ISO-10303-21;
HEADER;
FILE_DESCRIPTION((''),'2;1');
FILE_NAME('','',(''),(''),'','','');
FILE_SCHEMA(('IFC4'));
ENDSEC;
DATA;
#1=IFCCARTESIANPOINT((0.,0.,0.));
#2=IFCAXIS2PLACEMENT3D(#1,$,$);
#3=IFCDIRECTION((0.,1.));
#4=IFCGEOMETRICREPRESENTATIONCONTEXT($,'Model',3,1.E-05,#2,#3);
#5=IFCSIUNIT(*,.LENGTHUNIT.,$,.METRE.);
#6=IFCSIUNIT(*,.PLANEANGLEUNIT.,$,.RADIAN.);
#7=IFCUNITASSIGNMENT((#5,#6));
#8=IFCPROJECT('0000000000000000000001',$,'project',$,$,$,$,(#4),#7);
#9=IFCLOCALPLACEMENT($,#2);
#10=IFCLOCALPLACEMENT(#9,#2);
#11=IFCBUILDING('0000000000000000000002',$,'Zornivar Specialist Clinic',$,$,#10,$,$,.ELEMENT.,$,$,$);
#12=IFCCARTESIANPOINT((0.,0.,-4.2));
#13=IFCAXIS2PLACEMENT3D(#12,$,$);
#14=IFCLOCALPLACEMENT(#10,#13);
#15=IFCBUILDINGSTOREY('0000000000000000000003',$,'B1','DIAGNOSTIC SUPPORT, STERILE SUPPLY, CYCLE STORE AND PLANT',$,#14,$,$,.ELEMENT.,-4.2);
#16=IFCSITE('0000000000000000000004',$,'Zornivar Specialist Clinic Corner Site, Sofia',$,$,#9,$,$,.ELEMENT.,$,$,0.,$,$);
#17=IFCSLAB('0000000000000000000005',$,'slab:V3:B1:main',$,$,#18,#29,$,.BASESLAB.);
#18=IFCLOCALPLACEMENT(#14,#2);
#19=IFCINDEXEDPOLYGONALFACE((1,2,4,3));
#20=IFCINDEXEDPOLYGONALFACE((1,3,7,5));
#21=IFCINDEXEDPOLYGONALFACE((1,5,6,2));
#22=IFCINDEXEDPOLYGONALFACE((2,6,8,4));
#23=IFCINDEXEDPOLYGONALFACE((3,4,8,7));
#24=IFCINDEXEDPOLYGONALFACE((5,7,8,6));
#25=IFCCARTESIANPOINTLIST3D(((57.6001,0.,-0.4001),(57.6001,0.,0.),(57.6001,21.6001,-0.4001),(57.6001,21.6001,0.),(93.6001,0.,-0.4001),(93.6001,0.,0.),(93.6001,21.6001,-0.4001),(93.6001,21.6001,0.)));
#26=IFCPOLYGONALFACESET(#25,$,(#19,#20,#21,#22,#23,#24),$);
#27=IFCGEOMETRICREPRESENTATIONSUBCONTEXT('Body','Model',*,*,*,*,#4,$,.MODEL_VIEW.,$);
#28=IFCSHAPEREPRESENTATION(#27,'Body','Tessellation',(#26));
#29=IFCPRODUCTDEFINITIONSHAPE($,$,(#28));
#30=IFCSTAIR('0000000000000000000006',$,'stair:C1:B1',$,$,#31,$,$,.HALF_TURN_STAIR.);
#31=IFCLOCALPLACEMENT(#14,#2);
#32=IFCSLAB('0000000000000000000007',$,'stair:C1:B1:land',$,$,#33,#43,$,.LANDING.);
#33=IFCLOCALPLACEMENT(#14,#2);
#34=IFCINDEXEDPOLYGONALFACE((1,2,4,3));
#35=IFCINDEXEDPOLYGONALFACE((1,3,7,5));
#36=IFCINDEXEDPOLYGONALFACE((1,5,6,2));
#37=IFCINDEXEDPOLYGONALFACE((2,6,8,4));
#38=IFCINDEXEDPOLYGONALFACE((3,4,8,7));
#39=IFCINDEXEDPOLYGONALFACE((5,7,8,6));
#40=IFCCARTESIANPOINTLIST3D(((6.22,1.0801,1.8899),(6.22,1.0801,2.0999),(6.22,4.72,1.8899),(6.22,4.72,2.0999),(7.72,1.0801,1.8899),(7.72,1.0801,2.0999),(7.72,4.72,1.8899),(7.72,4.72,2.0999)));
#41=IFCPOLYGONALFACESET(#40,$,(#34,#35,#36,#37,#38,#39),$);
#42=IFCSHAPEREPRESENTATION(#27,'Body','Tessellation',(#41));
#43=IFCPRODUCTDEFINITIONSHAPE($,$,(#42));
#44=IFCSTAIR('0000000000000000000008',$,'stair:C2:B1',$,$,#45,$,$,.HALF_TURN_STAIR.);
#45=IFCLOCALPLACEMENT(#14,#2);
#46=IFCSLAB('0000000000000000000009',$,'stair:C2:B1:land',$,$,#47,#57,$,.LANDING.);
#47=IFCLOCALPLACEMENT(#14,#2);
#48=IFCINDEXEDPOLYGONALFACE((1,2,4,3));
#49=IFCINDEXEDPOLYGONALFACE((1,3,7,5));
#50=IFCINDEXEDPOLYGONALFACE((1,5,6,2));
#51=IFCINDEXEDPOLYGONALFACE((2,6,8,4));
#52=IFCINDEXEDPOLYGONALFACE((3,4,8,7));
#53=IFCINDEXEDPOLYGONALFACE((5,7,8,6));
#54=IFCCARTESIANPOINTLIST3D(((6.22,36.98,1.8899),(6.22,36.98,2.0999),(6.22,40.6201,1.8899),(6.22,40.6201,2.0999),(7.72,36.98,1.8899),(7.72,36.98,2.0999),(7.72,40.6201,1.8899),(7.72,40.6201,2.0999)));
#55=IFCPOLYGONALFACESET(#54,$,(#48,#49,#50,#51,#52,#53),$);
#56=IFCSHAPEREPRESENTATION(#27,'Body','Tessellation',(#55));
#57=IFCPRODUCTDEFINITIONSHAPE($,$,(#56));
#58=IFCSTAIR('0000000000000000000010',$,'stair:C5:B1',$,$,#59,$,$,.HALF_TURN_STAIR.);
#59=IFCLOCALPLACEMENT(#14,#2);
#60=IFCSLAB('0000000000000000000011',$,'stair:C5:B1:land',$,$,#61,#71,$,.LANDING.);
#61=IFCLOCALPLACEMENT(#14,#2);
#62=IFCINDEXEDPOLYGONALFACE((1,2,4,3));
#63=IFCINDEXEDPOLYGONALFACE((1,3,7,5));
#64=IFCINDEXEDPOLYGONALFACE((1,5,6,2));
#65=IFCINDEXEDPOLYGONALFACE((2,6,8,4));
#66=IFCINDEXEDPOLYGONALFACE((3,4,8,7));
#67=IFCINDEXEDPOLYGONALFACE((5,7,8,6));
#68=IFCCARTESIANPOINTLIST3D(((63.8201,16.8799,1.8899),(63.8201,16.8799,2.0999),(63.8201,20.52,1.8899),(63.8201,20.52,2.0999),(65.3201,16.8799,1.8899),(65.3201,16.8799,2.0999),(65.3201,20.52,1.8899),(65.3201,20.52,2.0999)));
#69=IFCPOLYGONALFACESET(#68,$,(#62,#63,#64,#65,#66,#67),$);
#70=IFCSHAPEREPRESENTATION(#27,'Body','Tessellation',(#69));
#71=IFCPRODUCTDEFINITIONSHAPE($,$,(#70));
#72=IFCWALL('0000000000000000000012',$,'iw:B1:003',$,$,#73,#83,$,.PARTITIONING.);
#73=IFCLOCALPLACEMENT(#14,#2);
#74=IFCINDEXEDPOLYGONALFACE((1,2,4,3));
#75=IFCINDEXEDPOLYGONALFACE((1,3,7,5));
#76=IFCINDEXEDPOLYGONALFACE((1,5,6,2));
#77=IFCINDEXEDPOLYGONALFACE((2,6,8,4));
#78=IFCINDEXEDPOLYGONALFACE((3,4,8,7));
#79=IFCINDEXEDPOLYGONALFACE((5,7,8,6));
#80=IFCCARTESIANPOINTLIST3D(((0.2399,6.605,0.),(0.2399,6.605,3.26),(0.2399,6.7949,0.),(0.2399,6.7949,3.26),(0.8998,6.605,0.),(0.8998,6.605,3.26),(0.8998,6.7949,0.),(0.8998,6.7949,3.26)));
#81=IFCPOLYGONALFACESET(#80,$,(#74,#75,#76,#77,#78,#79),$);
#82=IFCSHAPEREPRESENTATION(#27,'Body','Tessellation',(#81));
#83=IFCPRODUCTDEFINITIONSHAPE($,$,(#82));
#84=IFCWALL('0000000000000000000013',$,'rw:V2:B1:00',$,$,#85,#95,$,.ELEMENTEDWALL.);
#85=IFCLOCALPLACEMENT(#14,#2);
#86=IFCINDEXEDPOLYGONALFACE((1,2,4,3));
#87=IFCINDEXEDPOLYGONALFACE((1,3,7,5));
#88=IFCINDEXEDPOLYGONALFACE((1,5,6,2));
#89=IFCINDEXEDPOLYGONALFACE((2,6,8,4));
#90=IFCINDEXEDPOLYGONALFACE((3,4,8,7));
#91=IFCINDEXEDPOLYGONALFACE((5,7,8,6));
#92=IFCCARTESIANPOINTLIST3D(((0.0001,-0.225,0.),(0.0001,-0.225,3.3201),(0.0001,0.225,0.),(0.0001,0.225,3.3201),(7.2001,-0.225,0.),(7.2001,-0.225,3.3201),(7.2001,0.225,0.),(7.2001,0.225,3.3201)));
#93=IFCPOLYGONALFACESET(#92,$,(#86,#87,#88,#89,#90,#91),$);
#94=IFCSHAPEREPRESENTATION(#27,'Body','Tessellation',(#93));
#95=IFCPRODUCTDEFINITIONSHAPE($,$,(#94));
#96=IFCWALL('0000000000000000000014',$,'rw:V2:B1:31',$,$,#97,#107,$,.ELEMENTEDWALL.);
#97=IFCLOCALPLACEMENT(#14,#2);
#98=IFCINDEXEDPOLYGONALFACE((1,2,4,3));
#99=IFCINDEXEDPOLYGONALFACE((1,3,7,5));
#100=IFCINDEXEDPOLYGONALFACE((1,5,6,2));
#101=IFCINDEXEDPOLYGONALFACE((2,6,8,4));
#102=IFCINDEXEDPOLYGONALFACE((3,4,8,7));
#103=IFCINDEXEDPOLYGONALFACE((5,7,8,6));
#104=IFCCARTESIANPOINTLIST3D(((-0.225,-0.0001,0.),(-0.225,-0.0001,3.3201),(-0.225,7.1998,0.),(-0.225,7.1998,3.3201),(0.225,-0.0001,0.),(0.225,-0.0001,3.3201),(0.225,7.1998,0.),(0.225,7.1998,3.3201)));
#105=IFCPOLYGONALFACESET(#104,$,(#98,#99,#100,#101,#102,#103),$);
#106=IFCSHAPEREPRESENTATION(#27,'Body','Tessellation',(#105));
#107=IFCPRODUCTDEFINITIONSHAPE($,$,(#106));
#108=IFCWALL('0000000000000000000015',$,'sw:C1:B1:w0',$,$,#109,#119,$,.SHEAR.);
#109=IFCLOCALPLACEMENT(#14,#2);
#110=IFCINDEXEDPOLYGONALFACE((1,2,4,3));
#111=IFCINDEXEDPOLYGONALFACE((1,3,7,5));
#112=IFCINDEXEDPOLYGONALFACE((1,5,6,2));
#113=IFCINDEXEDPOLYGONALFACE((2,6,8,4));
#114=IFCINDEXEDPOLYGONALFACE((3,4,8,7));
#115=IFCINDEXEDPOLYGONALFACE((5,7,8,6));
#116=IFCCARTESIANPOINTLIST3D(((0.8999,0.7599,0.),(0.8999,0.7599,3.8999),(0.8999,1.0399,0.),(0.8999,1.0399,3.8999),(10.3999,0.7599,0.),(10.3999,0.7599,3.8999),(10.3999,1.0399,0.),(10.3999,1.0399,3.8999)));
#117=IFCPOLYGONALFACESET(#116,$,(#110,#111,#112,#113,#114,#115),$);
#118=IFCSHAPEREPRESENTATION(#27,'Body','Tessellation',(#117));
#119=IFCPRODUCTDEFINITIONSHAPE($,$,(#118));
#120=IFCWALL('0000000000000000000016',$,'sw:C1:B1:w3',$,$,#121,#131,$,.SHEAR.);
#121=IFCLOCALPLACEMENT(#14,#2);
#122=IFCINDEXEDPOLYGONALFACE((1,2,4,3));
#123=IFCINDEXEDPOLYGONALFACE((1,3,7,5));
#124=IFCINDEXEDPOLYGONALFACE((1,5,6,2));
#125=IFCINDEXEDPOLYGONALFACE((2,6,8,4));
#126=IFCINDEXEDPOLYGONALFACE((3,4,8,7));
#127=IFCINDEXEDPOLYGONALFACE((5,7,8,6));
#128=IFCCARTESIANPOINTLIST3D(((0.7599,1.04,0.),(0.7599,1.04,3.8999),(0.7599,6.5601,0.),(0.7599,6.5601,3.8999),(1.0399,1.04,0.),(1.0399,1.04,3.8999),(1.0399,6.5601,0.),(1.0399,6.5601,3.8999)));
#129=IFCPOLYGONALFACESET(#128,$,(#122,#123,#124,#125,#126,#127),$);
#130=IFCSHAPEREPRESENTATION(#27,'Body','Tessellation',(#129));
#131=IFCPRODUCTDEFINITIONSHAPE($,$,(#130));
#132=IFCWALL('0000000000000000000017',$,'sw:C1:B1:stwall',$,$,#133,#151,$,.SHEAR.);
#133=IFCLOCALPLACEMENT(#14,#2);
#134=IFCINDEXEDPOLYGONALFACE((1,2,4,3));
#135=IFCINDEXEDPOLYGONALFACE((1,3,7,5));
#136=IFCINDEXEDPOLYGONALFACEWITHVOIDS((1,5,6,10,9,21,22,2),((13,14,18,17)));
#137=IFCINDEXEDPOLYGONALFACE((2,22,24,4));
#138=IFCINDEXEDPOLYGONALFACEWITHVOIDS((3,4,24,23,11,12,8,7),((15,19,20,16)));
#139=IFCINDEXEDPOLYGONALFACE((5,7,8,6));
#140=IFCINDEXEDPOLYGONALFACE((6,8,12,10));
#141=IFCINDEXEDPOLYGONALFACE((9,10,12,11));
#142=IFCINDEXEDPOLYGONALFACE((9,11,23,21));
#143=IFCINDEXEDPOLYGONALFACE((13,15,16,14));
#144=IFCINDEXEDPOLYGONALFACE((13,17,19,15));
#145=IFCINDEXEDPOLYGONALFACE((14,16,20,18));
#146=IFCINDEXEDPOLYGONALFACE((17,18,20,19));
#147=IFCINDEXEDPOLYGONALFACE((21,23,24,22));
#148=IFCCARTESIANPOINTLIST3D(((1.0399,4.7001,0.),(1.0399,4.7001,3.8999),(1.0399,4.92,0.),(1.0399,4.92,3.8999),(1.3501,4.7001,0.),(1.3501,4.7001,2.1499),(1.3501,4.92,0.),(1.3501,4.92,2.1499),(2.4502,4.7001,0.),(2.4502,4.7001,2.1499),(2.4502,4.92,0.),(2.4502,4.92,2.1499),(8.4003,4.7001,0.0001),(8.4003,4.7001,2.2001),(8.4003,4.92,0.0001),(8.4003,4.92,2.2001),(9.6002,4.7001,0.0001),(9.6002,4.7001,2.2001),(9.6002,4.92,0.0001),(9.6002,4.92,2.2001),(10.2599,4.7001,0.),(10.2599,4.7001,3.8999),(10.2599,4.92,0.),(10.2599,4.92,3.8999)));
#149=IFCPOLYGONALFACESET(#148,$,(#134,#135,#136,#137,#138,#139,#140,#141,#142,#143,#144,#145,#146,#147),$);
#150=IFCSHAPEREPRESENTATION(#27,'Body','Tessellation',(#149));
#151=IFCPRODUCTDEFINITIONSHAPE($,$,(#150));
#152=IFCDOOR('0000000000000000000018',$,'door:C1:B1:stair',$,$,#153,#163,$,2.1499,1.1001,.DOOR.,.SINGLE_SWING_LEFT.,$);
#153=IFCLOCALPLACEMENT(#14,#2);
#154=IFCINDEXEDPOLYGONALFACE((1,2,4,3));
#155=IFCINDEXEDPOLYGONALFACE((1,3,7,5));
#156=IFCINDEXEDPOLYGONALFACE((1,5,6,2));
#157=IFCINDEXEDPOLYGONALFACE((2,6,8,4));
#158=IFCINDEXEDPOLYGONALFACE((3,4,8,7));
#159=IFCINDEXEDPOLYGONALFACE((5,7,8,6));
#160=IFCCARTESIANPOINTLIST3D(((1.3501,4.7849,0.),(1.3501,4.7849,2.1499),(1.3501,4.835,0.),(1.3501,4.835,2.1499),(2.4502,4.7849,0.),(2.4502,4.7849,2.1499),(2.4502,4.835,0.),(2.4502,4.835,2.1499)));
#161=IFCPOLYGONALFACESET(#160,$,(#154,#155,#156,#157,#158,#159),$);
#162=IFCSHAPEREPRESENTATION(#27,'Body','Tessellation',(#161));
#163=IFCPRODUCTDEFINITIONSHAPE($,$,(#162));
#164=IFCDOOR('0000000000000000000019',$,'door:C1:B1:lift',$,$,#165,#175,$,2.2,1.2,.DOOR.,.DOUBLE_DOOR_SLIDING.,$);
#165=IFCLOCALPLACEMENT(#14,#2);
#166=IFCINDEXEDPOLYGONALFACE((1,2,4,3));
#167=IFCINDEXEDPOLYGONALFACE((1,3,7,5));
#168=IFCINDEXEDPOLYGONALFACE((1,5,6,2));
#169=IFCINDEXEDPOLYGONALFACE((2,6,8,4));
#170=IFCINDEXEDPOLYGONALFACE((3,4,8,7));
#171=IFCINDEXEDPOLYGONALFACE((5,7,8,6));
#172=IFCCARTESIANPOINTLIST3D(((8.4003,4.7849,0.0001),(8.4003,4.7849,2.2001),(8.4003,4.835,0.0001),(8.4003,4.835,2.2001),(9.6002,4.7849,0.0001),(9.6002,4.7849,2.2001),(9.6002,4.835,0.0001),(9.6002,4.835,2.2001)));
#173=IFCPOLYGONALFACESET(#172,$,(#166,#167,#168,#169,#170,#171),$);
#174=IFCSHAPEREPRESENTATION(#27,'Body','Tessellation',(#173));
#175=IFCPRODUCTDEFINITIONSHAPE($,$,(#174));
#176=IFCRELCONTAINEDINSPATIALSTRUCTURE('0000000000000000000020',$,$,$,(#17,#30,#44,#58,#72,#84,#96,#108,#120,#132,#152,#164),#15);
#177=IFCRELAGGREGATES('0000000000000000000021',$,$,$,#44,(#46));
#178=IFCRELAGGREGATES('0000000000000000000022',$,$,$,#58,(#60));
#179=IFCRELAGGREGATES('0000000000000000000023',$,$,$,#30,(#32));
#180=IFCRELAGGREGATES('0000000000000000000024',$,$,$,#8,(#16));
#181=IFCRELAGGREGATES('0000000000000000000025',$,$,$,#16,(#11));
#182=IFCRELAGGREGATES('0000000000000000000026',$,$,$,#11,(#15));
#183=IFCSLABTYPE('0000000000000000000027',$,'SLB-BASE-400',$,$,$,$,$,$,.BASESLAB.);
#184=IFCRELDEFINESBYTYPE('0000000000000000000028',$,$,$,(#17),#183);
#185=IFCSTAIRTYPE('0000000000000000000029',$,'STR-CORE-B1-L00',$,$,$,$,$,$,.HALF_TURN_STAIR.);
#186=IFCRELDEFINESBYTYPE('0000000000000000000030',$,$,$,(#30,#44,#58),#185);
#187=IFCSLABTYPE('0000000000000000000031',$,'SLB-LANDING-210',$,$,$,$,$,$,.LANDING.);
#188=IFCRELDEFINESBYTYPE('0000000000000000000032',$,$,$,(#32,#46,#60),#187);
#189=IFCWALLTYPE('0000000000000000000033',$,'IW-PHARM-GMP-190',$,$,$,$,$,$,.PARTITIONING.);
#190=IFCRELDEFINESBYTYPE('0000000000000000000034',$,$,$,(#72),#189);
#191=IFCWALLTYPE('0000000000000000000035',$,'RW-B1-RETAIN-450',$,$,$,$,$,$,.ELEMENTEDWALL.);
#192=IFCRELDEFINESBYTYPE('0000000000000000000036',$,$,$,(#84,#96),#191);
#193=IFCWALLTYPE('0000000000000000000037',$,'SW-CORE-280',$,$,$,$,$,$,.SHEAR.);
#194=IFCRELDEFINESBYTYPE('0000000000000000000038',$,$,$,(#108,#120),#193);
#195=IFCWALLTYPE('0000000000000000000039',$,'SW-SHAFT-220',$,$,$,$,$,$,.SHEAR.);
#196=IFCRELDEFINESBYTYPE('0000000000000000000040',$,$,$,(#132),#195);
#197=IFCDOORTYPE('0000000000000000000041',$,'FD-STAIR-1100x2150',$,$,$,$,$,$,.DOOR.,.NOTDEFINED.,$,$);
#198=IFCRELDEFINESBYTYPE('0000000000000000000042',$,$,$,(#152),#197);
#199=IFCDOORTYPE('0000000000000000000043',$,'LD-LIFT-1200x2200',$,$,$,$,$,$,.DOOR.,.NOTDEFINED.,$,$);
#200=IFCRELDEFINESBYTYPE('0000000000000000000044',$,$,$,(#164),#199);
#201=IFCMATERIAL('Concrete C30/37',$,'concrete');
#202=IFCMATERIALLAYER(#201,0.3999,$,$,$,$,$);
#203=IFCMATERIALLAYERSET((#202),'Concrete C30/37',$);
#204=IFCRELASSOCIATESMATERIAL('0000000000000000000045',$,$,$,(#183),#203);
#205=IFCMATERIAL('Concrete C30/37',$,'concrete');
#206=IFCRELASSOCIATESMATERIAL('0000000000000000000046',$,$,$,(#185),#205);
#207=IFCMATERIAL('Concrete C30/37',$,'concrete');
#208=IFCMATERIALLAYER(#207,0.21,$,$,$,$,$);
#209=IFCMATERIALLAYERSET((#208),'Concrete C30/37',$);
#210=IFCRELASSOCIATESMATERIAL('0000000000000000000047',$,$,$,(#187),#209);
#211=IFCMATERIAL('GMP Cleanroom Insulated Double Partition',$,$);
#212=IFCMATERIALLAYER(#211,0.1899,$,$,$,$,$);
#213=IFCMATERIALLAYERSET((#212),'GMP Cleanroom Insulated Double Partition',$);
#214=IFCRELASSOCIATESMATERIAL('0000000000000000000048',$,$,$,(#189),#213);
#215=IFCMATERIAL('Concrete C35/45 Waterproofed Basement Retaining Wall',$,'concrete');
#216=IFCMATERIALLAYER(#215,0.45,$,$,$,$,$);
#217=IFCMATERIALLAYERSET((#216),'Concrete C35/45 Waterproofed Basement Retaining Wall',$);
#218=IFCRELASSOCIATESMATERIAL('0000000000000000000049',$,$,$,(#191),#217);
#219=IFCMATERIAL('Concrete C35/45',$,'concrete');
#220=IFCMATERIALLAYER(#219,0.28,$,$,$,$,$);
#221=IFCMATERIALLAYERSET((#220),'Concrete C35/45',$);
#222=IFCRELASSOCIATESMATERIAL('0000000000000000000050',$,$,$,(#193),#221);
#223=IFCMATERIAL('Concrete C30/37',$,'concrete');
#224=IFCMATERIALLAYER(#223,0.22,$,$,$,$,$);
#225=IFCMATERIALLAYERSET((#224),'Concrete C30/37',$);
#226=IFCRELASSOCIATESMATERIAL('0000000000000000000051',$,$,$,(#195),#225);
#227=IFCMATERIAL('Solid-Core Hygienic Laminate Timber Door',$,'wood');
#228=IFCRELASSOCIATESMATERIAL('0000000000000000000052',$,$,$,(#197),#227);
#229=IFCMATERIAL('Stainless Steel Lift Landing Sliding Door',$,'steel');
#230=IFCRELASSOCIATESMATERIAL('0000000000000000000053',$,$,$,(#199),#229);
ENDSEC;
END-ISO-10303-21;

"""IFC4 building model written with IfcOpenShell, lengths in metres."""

from ifc_helpers import new_model, si_unit, direction, frame, frame_2d, origin, place, context, subcontext, project, spatial, polyline, rectangle, outline, extrude, material, layer, layer_set, type_object, element, fill, aggregate, save


model = new_model("IFC4")

# Units and contexts
model_context = context("Model", 3, precision=1e-05, world=origin(), true_north=direction((0.0, 1.0)))
body_context = subcontext(model_context, "Body", "Model", "MODEL_VIEW")
ifc_project = project(units=[si_unit("LENGTHUNIT", "METRE"), si_unit("PLANEANGLEUNIT", "RADIAN")], contexts=[model_context])

# Site, building, storey
site_placement = place(None, origin())
site = spatial("IfcSite", under=ifc_project, at=site_placement, Name="Zornivar Specialist Clinic Corner Site, Sofia", CompositionType="ELEMENT", RefElevation=0.0)
building_placement = place(site_placement, origin())
building = spatial("IfcBuilding", under=site, at=building_placement, Name="Zornivar Specialist Clinic", CompositionType="ELEMENT")
storey_placement = place(building_placement, frame((0.0, 0.0, -4.2)))
storey = spatial("IfcBuildingStorey", under=building, at=storey_placement, Name="B1", Description="DIAGNOSTIC SUPPORT, STERILE SUPPLY, CYCLE STORE AND PLANT", CompositionType="ELEMENT", Elevation=-4.2)

# Slab
ifc_material_1 = material(Name="Concrete C30/37", Category="concrete")
ifc_layer_1 = layer(ifc_material_1, 0.3999)
ifc_layer_set_1 = layer_set([ifc_layer_1], Name="Concrete C30/37")
slab_type_1 = type_object("IfcSlabType", Name="SLB-BASE-400", PredefinedType="BASESLAB", material=ifc_layer_set_1)
slab_1_placement = place(storey_placement, frame((0.0, 0.0, -0.4001)))
element("IfcSlab", 1, at=slab_1_placement, inside=storey, type_object=slab_type_1, Name="slab:V3:B1:main", PredefinedType="BASESLAB", context=body_context, shape_type="SweptSolid", body=[
    extrude(outline(polyline([(57.6001, 0.0), (93.6001, 0.0), (93.6001, 21.6001), (57.6001, 21.6001), (57.6001, 0.0)])), origin(), (0.0, 0.0, 1.0), 0.4001),
])

# Stairs, slabs
ifc_material_2 = material(Name="Concrete C30/37", Category="concrete")
stair_type = type_object("IfcStairType", Name="STR-CORE-B1-L00", PredefinedType="HALF_TURN_STAIR", material=ifc_material_2)
stair_1_placement = place(storey_placement, origin())
stair_1 = element("IfcStair", 2, at=stair_1_placement, inside=storey, type_object=stair_type, Name="stair:C1:B1", PredefinedType="HALF_TURN_STAIR")
ifc_material_3 = material(Name="Concrete C30/37", Category="concrete")
ifc_layer_2 = layer(ifc_material_3, 0.21)
ifc_layer_set_2 = layer_set([ifc_layer_2], Name="Concrete C30/37")
slab_type_2 = type_object("IfcSlabType", Name="SLB-LANDING-210", PredefinedType="LANDING", material=ifc_layer_set_2)
slab_2_placement = place(storey_placement, frame((0.0, 0.0, 1.8899)))
slab_2 = element("IfcSlab", 3, at=slab_2_placement, type_object=slab_type_2, Name="stair:C1:B1:land", PredefinedType="LANDING", context=body_context, shape_type="SweptSolid", body=[
    extrude(outline(polyline([(6.22, 1.0801), (7.72, 1.0801), (7.72, 4.72), (6.22, 4.72), (6.22, 1.0801)])), origin(), (0.0, 0.0, 1.0), 0.21),
])
stair_2_placement = place(storey_placement, origin())
stair_2 = element("IfcStair", 4, at=stair_2_placement, inside=storey, type_object=stair_type, Name="stair:C2:B1", PredefinedType="HALF_TURN_STAIR")
slab_3_placement = place(storey_placement, frame((0.0, 0.0, 1.8899)))
slab_3 = element("IfcSlab", 5, at=slab_3_placement, type_object=slab_type_2, Name="stair:C2:B1:land", PredefinedType="LANDING", context=body_context, shape_type="SweptSolid", body=[
    extrude(outline(polyline([(6.22, 36.98), (7.72, 36.98), (7.72, 40.6201), (6.22, 40.6201), (6.22, 36.98)])), origin(), (0.0, 0.0, 1.0), 0.21),
])
aggregate(stair_2, [slab_3])
stair_3_placement = place(storey_placement, origin())
stair_3 = element("IfcStair", 6, at=stair_3_placement, inside=storey, type_object=stair_type, Name="stair:C5:B1", PredefinedType="HALF_TURN_STAIR")
slab_4_placement = place(storey_placement, frame((0.0, 0.0, 1.8899)))
slab_4 = element("IfcSlab", 7, at=slab_4_placement, type_object=slab_type_2, Name="stair:C5:B1:land", PredefinedType="LANDING", context=body_context, shape_type="SweptSolid", body=[
    extrude(outline(polyline([(63.8201, 16.8799), (65.3201, 16.8799), (65.3201, 20.52), (63.8201, 20.52), (63.8201, 16.8799)])), origin(), (0.0, 0.0, 1.0), 0.21),
])
aggregate(stair_3, [slab_4])

# Walls
ifc_material_4 = material(Name="GMP Cleanroom Insulated Double Partition")
ifc_layer_3 = layer(ifc_material_4, 0.1899)
ifc_layer_set_3 = layer_set([ifc_layer_3], Name="GMP Cleanroom Insulated Double Partition")
wall_type_1 = type_object("IfcWallType", Name="IW-PHARM-GMP-190", PredefinedType="PARTITIONING", material=ifc_layer_set_3)
wall_1_placement = place(storey_placement, frame((0.8999, 6.7, 0.0), z_axis=(0.0, 0.0, 1.0), x_axis=(-1.0, 0.0, 0.0)))
element("IfcWall", 8, at=wall_1_placement, inside=storey, type_object=wall_type_1, Name="iw:B1:003", PredefinedType="PARTITIONING", context=body_context, shape_type="SweptSolid", body=[
    extrude(rectangle(XDim=0.6599, YDim=0.1899, at=frame_2d((0.3301, 0.0))), origin(), (0.0, 0.0, 1.0), 3.26),
])
ifc_material_5 = material(Name="Concrete C35/45 Waterproofed Basement Retaining Wall", Category="concrete")
ifc_layer_4 = layer(ifc_material_5, 0.45)
ifc_layer_set_4 = layer_set([ifc_layer_4], Name="Concrete C35/45 Waterproofed Basement Retaining Wall")
wall_type_2 = type_object("IfcWallType", Name="RW-B1-RETAIN-450", PredefinedType="ELEMENTEDWALL", material=ifc_layer_set_4)
for number, where, z_axis, x_axis, name in (
    (9, (0.0, 0.0, 0.0), (0.0, 0.0, 1.0), (1.0, 0.0, 0.0), "rw:V2:B1:00"),
    (10, (0.0, 7.2, 0.0), (0.0, 0.0, 1.0), (0.0, -1.0, 0.0), "rw:V2:B1:31"),
):
    element("IfcWall", number, at=place(storey_placement, frame(where, z_axis=z_axis, x_axis=x_axis)), inside=storey, type_object=wall_type_2, Name=name, PredefinedType="ELEMENTEDWALL", context=body_context, shape_type="SweptSolid", body=[
        extrude(rectangle(XDim=7.2, YDim=0.45, at=frame_2d((3.6001, 0.0))), origin(), (0.0, 0.0, 1.0), 3.3201),
    ])
ifc_material_6 = material(Name="Concrete C35/45", Category="concrete")
ifc_layer_5 = layer(ifc_material_6, 0.28)
ifc_layer_set_5 = layer_set([ifc_layer_5], Name="Concrete C35/45")
wall_type_3 = type_object("IfcWallType", Name="SW-CORE-280", PredefinedType="SHEAR", material=ifc_layer_set_5)
wall_2_placement = place(storey_placement, frame((0.8999, 0.8999, 0.0), z_axis=(0.0, 0.0, 1.0), x_axis=(1.0, 0.0, 0.0)))
element("IfcWall", 11, at=wall_2_placement, inside=storey, type_object=wall_type_3, Name="sw:C1:B1:w0", PredefinedType="SHEAR", context=body_context, shape_type="SweptSolid", body=[
    extrude(rectangle(XDim=9.5, YDim=0.28, at=frame_2d((4.75, 0.0))), origin(), (0.0, 0.0, 1.0), 3.8999),
])
wall_3_placement = place(storey_placement, frame((0.8999, 6.5601, 0.0), z_axis=(0.0, 0.0, 1.0), x_axis=(0.0, -1.0, 0.0)))
element("IfcWall", 12, at=wall_3_placement, inside=storey, type_object=wall_type_3, Name="sw:C1:B1:w3", PredefinedType="SHEAR", context=body_context, shape_type="SweptSolid", body=[
    extrude(rectangle(XDim=5.52, YDim=0.28, at=frame_2d((2.76, 0.0))), origin(), (0.0, 0.0, 1.0), 3.8999),
])

# Wall, openings, doors
ifc_material_7 = material(Name="Concrete C30/37", Category="concrete")
ifc_layer_6 = layer(ifc_material_7, 0.22)
ifc_layer_set_6 = layer_set([ifc_layer_6], Name="Concrete C30/37")
wall_type_4 = type_object("IfcWallType", Name="SW-SHAFT-220", PredefinedType="SHEAR", material=ifc_layer_set_6)
wall_4_placement = place(storey_placement, frame((1.04, 4.8101, 0.0), z_axis=(0.0, 0.0, 1.0), x_axis=(1.0, 0.0, 0.0)))
wall_4 = element("IfcWall", 13, at=wall_4_placement, inside=storey, type_object=wall_type_4, Name="sw:C1:B1:stwall", PredefinedType="SHEAR", context=body_context, shape_type="SweptSolid", body=[
    extrude(rectangle(XDim=9.22, YDim=0.22, at=frame_2d((4.6099, 0.0))), origin(), (0.0, 0.0, 1.0), 3.8999),
])
opening_1_placement = place(wall_4_placement, frame((0.3101, 0.0, 0.0)))
opening_1 = element("IfcOpeningElement", 14, at=opening_1_placement, cuts=wall_4, PredefinedType="OPENING", context=body_context, shape_type="SweptSolid", body=[
    extrude(rectangle(XDim=1.1001, YDim=2.1499, at=frame_2d((0.55, 1.075))), frame((0.0, 0.1199, 0.0), z_axis=(0.0, -1.0, 0.0), x_axis=(1.0, 0.0, 0.0)), (0.0, 0.0, 1.0), 0.24),
])
opening_2_placement = place(wall_4_placement, frame((7.3601, 0.0, 0.0)))
opening_2 = element("IfcOpeningElement", 15, at=opening_2_placement, cuts=wall_4, PredefinedType="OPENING", context=body_context, shape_type="SweptSolid", body=[
    extrude(rectangle(XDim=1.2, YDim=2.2, at=frame_2d((0.6001, 1.1001))), frame((0.0, 0.1199, 0.0), z_axis=(0.0, -1.0, 0.0), x_axis=(1.0, 0.0, 0.0)), (0.0, 0.0, 1.0), 0.24),
])
ifc_material_8 = material(Name="Solid-Core Hygienic Laminate Timber Door", Category="wood")
door_type_1 = type_object("IfcDoorType", Name="FD-STAIR-1100x2150", OperationType="NOTDEFINED", PredefinedType="DOOR", material=ifc_material_8)
door_1_placement = place(opening_1_placement, origin())
door_1 = element("IfcDoor", 16, at=door_1_placement, inside=storey, type_object=door_type_1, Name="door:C1:B1:stair", OperationType="SINGLE_SWING_LEFT", OverallHeight=2.1499, OverallWidth=1.1001, PredefinedType="DOOR", context=body_context, shape_type="SweptSolid", body=[
    extrude(rectangle(XDim=1.1001, YDim=2.1499, at=frame_2d((0.55, 1.075))), frame((0.0, 0.0249, 0.0), z_axis=(0.0, -1.0, 0.0), x_axis=(1.0, 0.0, 0.0)), (0.0, 0.0, 1.0), 0.05),
])
fill(opening_1, door_1)
ifc_material_9 = material(Name="Stainless Steel Lift Landing Sliding Door", Category="steel")
door_type_2 = type_object("IfcDoorType", Name="LD-LIFT-1200x2200", OperationType="NOTDEFINED", PredefinedType="DOOR", material=ifc_material_9)
door_2_placement = place(opening_2_placement, origin())
door_2 = element("IfcDoor", 17, at=door_2_placement, inside=storey, type_object=door_type_2, Name="door:C1:B1:lift", OperationType="DOUBLE_DOOR_SLIDING", OverallHeight=2.2, OverallWidth=1.2, PredefinedType="DOOR", context=body_context, shape_type="SweptSolid", body=[
    extrude(rectangle(XDim=1.2, YDim=2.2, at=frame_2d((0.6001, 1.1001))), frame((0.0, 0.0249, 0.0), z_axis=(0.0, -1.0, 0.0), x_axis=(1.0, 0.0, 0.0)), (0.0, 0.0, 1.0), 0.05),
])
fill(opening_2, door_2)

aggregate(stair_1, [slab_2])

save(model, "model.ifc")
